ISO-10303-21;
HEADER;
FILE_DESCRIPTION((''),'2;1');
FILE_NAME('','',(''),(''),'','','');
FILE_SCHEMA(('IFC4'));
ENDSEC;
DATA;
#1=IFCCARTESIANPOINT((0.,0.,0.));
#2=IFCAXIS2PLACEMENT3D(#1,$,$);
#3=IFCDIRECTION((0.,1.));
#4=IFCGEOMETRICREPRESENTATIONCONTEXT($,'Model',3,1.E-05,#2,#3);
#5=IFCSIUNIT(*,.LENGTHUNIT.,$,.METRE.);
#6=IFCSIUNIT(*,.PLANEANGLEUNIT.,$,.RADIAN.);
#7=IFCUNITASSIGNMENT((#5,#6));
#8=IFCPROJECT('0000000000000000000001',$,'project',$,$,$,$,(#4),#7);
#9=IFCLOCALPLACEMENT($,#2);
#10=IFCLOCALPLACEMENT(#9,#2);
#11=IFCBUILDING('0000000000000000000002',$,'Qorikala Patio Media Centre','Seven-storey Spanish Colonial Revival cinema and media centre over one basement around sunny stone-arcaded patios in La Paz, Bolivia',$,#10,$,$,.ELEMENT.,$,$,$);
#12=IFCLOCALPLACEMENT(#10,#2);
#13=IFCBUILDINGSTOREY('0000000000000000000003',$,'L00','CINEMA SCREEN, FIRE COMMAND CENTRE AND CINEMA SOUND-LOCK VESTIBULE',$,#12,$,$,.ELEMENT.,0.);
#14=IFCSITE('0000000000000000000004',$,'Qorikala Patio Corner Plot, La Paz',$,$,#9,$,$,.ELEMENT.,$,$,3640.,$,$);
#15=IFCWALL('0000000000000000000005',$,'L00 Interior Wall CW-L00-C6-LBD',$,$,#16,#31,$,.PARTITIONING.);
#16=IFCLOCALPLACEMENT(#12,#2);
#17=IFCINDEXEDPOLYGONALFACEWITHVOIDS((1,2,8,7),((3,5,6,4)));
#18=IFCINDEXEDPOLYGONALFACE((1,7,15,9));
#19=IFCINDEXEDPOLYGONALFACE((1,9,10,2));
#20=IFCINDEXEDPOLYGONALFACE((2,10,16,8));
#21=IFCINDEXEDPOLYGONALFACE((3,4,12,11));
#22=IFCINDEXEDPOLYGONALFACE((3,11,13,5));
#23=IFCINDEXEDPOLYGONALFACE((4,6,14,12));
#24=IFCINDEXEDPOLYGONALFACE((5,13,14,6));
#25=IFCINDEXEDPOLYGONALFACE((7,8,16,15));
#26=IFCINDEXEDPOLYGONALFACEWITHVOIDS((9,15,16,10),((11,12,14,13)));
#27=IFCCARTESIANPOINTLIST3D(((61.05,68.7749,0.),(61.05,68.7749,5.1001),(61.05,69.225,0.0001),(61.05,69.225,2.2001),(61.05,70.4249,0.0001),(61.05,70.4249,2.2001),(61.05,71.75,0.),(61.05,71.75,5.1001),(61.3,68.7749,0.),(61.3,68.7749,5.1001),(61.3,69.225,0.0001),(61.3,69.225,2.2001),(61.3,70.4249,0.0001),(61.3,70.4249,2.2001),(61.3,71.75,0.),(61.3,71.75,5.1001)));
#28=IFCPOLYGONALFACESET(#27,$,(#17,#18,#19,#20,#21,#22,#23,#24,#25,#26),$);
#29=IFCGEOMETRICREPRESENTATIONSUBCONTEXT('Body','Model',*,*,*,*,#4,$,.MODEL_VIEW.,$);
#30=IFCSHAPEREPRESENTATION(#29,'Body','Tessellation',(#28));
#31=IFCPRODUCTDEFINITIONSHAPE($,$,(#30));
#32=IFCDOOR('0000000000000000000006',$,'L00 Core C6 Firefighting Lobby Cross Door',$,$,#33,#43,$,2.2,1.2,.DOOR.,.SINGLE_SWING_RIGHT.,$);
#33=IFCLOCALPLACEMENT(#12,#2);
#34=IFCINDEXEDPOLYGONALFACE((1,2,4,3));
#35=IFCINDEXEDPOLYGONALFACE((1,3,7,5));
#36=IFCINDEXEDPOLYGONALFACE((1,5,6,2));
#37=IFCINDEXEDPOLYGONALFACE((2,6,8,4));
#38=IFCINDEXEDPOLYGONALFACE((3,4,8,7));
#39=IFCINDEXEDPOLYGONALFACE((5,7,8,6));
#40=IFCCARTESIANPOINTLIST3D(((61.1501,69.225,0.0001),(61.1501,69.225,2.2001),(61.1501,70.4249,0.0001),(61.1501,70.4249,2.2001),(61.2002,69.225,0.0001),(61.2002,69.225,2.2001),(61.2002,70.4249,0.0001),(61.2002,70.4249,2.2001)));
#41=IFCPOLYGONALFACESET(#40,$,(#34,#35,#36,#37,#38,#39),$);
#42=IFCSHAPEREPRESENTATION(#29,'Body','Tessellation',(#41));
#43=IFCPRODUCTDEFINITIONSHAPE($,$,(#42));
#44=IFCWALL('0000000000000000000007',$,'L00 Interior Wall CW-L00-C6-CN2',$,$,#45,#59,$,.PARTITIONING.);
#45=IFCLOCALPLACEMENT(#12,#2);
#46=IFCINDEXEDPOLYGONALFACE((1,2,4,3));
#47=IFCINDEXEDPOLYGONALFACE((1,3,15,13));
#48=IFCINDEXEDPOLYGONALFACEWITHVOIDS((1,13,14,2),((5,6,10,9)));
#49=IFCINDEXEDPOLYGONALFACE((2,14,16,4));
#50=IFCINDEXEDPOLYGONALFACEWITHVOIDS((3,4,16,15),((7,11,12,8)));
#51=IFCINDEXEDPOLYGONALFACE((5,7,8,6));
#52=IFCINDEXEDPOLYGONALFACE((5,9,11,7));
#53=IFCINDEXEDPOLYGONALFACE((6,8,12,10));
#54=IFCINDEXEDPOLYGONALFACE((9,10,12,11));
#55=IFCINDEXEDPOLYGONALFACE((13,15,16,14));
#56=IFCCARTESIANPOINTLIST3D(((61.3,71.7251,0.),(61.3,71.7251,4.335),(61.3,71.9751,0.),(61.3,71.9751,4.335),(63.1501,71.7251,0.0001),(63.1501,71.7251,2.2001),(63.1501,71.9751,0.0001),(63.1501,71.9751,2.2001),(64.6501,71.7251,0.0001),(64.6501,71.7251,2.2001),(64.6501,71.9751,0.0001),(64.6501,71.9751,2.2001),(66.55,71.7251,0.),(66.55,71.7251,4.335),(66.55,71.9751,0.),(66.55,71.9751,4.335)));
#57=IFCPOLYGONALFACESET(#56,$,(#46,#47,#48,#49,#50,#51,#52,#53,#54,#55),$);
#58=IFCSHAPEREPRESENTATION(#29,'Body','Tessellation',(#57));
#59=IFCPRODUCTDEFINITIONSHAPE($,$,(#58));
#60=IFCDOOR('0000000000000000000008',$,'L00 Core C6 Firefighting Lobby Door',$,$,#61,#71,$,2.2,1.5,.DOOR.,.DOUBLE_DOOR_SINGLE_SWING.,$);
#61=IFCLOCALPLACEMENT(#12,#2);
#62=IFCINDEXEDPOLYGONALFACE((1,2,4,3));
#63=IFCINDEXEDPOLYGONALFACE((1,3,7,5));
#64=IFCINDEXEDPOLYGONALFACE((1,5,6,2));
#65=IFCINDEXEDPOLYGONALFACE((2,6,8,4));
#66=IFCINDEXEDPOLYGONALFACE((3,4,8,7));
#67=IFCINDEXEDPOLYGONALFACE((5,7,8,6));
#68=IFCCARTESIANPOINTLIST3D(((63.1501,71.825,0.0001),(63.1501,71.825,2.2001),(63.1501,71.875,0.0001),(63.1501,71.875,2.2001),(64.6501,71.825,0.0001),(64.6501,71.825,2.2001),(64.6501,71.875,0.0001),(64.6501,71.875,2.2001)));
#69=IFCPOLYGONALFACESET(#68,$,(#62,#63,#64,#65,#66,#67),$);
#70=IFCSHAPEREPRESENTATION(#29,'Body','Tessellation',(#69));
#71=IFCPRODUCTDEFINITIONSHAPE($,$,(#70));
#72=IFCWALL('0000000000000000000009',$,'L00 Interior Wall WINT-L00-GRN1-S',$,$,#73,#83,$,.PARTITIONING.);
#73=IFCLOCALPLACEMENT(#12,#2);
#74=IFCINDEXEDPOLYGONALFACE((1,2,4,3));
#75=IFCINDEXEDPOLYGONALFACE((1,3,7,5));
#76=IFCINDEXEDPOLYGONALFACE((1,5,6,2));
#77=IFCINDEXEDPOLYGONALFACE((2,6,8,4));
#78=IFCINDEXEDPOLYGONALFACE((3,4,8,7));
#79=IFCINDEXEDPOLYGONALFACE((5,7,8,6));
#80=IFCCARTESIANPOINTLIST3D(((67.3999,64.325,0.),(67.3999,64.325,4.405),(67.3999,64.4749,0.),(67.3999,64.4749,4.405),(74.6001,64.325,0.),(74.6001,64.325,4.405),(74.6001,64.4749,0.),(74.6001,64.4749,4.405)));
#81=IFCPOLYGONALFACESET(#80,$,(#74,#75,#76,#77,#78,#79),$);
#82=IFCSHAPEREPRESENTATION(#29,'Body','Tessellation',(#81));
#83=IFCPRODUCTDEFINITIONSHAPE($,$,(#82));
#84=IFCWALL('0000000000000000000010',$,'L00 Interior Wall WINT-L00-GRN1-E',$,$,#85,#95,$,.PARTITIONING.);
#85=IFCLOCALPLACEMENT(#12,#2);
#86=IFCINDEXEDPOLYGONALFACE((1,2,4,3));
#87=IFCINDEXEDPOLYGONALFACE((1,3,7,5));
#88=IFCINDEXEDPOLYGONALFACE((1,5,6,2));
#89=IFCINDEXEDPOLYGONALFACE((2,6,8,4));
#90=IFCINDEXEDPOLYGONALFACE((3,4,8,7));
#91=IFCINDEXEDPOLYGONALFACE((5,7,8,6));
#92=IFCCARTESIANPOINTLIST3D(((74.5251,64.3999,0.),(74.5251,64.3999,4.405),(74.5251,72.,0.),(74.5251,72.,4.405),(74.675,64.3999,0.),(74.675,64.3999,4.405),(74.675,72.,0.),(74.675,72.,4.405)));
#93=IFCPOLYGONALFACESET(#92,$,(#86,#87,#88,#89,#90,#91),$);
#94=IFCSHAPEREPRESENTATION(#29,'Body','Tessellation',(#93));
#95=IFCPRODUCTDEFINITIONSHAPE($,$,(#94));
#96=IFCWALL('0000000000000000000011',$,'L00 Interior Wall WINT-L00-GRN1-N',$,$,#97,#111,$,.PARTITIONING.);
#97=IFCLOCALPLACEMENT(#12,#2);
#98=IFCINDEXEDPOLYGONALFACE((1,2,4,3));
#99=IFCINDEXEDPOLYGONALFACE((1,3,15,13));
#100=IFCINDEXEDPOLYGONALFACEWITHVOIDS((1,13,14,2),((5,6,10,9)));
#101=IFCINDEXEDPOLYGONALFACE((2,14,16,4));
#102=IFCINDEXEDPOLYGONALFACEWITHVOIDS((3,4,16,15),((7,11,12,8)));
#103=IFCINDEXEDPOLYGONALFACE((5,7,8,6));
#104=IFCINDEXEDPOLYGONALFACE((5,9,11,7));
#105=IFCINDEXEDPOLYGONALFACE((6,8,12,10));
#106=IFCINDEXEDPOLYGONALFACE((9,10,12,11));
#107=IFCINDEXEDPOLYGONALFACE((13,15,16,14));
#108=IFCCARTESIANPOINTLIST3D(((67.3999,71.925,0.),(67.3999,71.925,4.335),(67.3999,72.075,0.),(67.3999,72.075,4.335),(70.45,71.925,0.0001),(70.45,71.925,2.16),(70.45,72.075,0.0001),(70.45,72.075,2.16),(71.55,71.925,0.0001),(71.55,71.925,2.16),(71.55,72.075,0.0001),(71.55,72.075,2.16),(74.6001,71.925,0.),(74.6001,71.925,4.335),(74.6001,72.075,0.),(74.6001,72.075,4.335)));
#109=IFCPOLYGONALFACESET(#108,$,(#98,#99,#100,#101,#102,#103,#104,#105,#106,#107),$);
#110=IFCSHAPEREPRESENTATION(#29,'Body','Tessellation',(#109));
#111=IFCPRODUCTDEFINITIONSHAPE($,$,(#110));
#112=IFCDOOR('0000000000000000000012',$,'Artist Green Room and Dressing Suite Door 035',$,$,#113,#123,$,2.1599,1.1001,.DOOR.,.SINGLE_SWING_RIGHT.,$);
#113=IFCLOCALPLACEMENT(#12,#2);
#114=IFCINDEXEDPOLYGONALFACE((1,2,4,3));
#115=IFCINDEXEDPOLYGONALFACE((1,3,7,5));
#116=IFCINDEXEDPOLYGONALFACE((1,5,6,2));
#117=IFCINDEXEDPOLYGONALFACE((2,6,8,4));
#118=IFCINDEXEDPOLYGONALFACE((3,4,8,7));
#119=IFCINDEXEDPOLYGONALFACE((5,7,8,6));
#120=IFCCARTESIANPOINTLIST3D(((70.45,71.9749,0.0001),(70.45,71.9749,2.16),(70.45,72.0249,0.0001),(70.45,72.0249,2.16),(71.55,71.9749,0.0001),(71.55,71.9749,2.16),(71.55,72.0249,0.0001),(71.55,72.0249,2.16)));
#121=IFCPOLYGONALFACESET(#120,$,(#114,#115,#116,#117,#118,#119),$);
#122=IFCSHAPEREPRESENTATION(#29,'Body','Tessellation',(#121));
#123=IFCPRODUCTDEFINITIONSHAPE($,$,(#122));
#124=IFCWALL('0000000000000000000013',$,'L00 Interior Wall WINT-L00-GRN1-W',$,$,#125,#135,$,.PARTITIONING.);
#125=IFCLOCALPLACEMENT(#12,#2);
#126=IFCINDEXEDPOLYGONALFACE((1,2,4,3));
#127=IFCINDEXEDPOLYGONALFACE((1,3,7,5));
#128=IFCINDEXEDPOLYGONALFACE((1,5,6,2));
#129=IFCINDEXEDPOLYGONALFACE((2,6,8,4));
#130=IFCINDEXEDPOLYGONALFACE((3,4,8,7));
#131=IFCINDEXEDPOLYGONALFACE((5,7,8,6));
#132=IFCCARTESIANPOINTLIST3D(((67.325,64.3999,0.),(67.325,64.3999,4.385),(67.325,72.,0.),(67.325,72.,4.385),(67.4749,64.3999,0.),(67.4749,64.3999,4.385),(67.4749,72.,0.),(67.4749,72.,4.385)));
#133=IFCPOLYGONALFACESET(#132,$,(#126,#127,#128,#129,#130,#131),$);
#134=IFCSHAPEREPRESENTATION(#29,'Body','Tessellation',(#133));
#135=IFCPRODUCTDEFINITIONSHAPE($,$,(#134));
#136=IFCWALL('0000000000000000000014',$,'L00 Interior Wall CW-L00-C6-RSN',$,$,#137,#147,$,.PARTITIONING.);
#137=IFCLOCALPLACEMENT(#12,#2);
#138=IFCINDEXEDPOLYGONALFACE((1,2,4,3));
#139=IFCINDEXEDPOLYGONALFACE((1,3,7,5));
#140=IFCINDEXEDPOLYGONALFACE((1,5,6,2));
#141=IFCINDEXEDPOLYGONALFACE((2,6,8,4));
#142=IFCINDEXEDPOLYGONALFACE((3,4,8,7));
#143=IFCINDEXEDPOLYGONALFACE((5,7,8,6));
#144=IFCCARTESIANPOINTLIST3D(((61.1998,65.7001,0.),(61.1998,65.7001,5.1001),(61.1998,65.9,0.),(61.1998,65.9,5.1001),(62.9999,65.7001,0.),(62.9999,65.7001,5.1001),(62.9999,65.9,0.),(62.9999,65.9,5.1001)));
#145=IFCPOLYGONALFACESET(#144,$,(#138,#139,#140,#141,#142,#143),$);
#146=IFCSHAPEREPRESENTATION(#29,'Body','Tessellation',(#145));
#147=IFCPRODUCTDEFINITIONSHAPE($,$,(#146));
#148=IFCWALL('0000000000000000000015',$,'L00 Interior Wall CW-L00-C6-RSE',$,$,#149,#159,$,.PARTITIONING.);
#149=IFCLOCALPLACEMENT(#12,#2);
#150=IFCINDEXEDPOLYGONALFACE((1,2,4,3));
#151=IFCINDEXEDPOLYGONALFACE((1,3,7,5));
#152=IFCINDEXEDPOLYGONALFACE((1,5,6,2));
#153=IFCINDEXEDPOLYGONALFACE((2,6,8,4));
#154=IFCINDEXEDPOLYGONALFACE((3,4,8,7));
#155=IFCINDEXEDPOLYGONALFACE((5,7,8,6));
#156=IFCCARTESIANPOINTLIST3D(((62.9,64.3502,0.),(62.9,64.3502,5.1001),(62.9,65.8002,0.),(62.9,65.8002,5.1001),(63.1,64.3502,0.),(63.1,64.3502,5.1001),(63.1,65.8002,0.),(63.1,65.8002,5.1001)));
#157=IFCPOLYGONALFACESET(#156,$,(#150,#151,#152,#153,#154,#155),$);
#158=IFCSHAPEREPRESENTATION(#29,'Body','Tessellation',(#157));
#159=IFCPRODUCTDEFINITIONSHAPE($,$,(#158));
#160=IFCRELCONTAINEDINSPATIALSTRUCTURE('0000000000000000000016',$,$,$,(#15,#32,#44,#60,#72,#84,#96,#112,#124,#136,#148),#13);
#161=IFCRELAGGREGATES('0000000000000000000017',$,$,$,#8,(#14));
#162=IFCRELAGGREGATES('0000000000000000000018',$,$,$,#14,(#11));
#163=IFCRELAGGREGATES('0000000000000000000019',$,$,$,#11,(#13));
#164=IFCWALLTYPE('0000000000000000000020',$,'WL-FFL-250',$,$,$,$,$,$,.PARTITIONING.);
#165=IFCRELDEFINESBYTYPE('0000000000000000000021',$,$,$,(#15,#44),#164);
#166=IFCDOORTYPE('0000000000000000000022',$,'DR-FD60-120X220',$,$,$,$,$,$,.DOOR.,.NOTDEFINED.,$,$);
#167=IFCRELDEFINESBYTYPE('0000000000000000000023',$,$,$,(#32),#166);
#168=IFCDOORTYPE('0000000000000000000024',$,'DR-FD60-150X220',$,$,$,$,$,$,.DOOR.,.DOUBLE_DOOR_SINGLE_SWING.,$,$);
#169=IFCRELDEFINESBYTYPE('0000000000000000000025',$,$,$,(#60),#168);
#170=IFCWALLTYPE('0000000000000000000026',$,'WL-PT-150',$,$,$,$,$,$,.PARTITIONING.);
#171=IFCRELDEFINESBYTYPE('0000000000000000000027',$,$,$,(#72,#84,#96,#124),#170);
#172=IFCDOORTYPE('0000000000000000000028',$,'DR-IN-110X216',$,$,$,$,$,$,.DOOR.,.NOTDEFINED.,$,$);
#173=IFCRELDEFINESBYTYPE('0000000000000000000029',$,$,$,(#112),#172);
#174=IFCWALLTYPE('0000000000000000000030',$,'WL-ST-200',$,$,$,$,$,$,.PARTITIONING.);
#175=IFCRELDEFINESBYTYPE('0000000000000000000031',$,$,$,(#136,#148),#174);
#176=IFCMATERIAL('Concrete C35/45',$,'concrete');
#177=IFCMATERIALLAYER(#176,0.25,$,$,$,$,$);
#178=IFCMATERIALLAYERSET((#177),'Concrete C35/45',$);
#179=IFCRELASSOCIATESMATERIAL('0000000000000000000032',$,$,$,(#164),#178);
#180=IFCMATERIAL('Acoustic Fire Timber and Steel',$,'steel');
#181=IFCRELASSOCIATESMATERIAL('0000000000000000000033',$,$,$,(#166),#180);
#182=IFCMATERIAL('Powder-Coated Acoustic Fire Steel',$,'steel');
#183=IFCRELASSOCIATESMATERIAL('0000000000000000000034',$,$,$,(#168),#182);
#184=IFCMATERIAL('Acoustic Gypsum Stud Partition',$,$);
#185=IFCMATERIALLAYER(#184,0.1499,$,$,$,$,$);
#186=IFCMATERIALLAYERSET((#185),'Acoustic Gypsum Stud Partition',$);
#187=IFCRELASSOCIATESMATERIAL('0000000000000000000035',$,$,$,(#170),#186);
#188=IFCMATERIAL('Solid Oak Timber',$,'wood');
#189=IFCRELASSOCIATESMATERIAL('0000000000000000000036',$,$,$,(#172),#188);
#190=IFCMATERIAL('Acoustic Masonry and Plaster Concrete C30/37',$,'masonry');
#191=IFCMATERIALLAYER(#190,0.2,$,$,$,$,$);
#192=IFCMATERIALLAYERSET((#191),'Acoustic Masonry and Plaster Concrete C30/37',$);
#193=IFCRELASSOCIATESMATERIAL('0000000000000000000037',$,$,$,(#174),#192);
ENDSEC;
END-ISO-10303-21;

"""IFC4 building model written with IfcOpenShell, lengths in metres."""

from ifc_helpers import new_model, si_unit, direction, frame, frame_2d, origin, place, context, subcontext, project, spatial, rectangle, extrude, material, layer, layer_set, type_object, element, fill, save


model = new_model("IFC4")

# Units and contexts
model_context = context("Model", 3, precision=1e-05, world=origin(), true_north=direction((0.0, 1.0)))
body_context = subcontext(model_context, "Body", "Model", "MODEL_VIEW")
ifc_project = project(units=[si_unit("LENGTHUNIT", "METRE"), si_unit("PLANEANGLEUNIT", "RADIAN")], contexts=[model_context])

# Site, building, storey
site_placement = place(None, origin())
site = spatial("IfcSite", under=ifc_project, at=site_placement, Name="Qorikala Patio Corner Plot, La Paz", CompositionType="ELEMENT", RefElevation=3640.0)
building_placement = place(site_placement, origin())
building = spatial("IfcBuilding", under=site, at=building_placement, Name="Qorikala Patio Media Centre", Description="Seven-storey Spanish Colonial Revival cinema and media centre over one basement around sunny stone-arcaded patios in La Paz, Bolivia", CompositionType="ELEMENT")
storey_placement = place(building_placement, origin())
storey = spatial("IfcBuildingStorey", under=building, at=storey_placement, Name="L00", Description="CINEMA SCREEN, FIRE COMMAND CENTRE AND CINEMA SOUND-LOCK VESTIBULE", CompositionType="ELEMENT", Elevation=0.0)

# Shared definitions
ifc_material_1 = material(Name="Concrete C35/45", Category="concrete")

# Walls, openings, doors
ifc_layer_1 = layer(ifc_material_1, 0.25)
ifc_layer_set_1 = layer_set([ifc_layer_1], Name="Concrete C35/45")
wall_type_1 = type_object("IfcWallType", Name="WL-FFL-250", PredefinedType="PARTITIONING", material=ifc_layer_set_1)
wall_1_placement = place(storey_placement, frame((61.175, 68.7749, 0.0), z_axis=(0.0, 0.0, 1.0), x_axis=(0.0, 1.0, 0.0)))
wall_1 = element("IfcWall", 1, at=wall_1_placement, inside=storey, type_object=wall_type_1, Name="L00 Interior Wall CW-L00-C6-LBD", PredefinedType="PARTITIONING", context=body_context, shape_type="SweptSolid", body=[
    extrude(rectangle(XDim=2.9751, YDim=0.25, at=frame_2d((1.4875, 0.0))), origin(), (0.0, 0.0, 1.0), 5.1001),
])
opening_1_placement = place(wall_1_placement, frame((0.45, 0.0, 0.0)))
opening_1 = element("IfcOpeningElement", 2, at=opening_1_placement, cuts=wall_1, PredefinedType="OPENING", context=body_context, shape_type="SweptSolid", body=[
    extrude(rectangle(XDim=1.2, YDim=2.2, at=frame_2d((0.6001, 1.1001))), frame((0.0, 0.135, 0.0), z_axis=(0.0, -1.0, 0.0), x_axis=(1.0, 0.0, 0.0)), (0.0, 0.0, 1.0), 0.27),
])
ifc_material_2 = material(Name="Acoustic Fire Timber and Steel", Category="steel")
door_type_1 = type_object("IfcDoorType", Name="DR-FD60-120X220", OperationType="NOTDEFINED", PredefinedType="DOOR", material=ifc_material_2)
door_1_placement = place(opening_1_placement, origin())
door_1 = element("IfcDoor", 3, at=door_1_placement, inside=storey, type_object=door_type_1, Name="L00 Core C6 Firefighting Lobby Cross Door", OperationType="SINGLE_SWING_RIGHT", OverallHeight=2.2, OverallWidth=1.2, PredefinedType="DOOR", context=body_context, shape_type="SweptSolid", body=[
    extrude(rectangle(XDim=1.2, YDim=2.2, at=frame_2d((0.6001, 1.1001))), frame((0.0, 0.0249, 0.0), z_axis=(0.0, -1.0, 0.0), x_axis=(1.0, 0.0, 0.0)), (0.0, 0.0, 1.0), 0.05),
])
fill(opening_1, door_1)
wall_2_placement = place(storey_placement, frame((61.3, 71.8501, 0.0), z_axis=(0.0, 0.0, 1.0), x_axis=(1.0, 0.0, 0.0)))
wall_2 = element("IfcWall", 4, at=wall_2_placement, inside=storey, type_object=wall_type_1, Name="L00 Interior Wall CW-L00-C6-CN2", PredefinedType="PARTITIONING", context=body_context, shape_type="SweptSolid", body=[
    extrude(rectangle(XDim=5.25, YDim=0.25, at=frame_2d((2.625, 0.0))), origin(), (0.0, 0.0, 1.0), 4.335),
])
opening_2_placement = place(wall_2_placement, frame((1.8501, 0.0, 0.0)))
opening_2 = element("IfcOpeningElement", 5, at=opening_2_placement, cuts=wall_2, PredefinedType="OPENING", context=body_context, shape_type="SweptSolid", body=[
    extrude(rectangle(XDim=1.5, YDim=2.2, at=frame_2d((0.75, 1.1001))), frame((0.0, 0.135, 0.0), z_axis=(0.0, -1.0, 0.0), x_axis=(1.0, 0.0, 0.0)), (0.0, 0.0, 1.0), 0.27),
])
ifc_material_3 = material(Name="Powder-Coated Acoustic Fire Steel", Category="steel")
door_type_2 = type_object("IfcDoorType", Name="DR-FD60-150X220", OperationType="DOUBLE_DOOR_SINGLE_SWING", PredefinedType="DOOR", material=ifc_material_3)
door_2_placement = place(opening_2_placement, origin())
door_2 = element("IfcDoor", 6, at=door_2_placement, inside=storey, type_object=door_type_2, Name="L00 Core C6 Firefighting Lobby Door", OperationType="DOUBLE_DOOR_SINGLE_SWING", OverallHeight=2.2, OverallWidth=1.5, PredefinedType="DOOR", context=body_context, shape_type="SweptSolid", body=[
    extrude(rectangle(XDim=1.5, YDim=2.2, at=frame_2d((0.75, 1.1001))), frame((0.0, 0.0249, 0.0), z_axis=(0.0, -1.0, 0.0), x_axis=(1.0, 0.0, 0.0)), (0.0, 0.0, 1.0), 0.05),
])
fill(opening_2, door_2)

# Walls
ifc_material_4 = material(Name="Acoustic Gypsum Stud Partition")
ifc_layer_2 = layer(ifc_material_4, 0.1499)
ifc_layer_set_2 = layer_set([ifc_layer_2], Name="Acoustic Gypsum Stud Partition")
wall_type_2 = type_object("IfcWallType", Name="WL-PT-150", PredefinedType="PARTITIONING", material=ifc_layer_set_2)
wall_3_placement = place(storey_placement, frame((67.3999, 64.3999, 0.0), z_axis=(0.0, 0.0, 1.0), x_axis=(1.0, 0.0, 0.0)))
element("IfcWall", 7, at=wall_3_placement, inside=storey, type_object=wall_type_2, Name="L00 Interior Wall WINT-L00-GRN1-S", PredefinedType="PARTITIONING", context=body_context, shape_type="SweptSolid", body=[
    extrude(rectangle(XDim=7.2002, YDim=0.1499, at=frame_2d((3.6001, 0.0))), origin(), (0.0, 0.0, 1.0), 4.405),
])
wall_4_placement = place(storey_placement, frame((74.6001, 64.3999, 0.0), z_axis=(0.0, 0.0, 1.0), x_axis=(0.0, 1.0, 0.0)))
element("IfcWall", 8, at=wall_4_placement, inside=storey, type_object=wall_type_2, Name="L00 Interior Wall WINT-L00-GRN1-E", PredefinedType="PARTITIONING", context=body_context, shape_type="SweptSolid", body=[
    extrude(rectangle(XDim=7.6001, YDim=0.1499, at=frame_2d((3.8, 0.0))), origin(), (0.0, 0.0, 1.0), 4.405),
])

# Wall, opening, door
wall_5_placement = place(storey_placement, frame((67.3999, 72.0, 0.0), z_axis=(0.0, 0.0, 1.0), x_axis=(1.0, 0.0, 0.0)))
wall_5 = element("IfcWall", 9, at=wall_5_placement, inside=storey, type_object=wall_type_2, Name="L00 Interior Wall WINT-L00-GRN1-N", PredefinedType="PARTITIONING", context=body_context, shape_type="SweptSolid", body=[
    extrude(rectangle(XDim=7.2002, YDim=0.1499, at=frame_2d((3.6001, 0.0))), origin(), (0.0, 0.0, 1.0), 4.335),
])
opening_3_placement = place(wall_5_placement, frame((3.05, 0.0, 0.0)))
opening_3 = element("IfcOpeningElement", 10, at=opening_3_placement, cuts=wall_5, PredefinedType="OPENING", context=body_context, shape_type="SweptSolid", body=[
    extrude(rectangle(XDim=1.1001, YDim=2.1599, at=frame_2d((0.55, 1.0801))), frame((0.0, 0.085, 0.0), z_axis=(0.0, -1.0, 0.0), x_axis=(1.0, 0.0, 0.0)), (0.0, 0.0, 1.0), 0.1699),
])
ifc_material_5 = material(Name="Solid Oak Timber", Category="wood")
door_type_3 = type_object("IfcDoorType", Name="DR-IN-110X216", OperationType="NOTDEFINED", PredefinedType="DOOR", material=ifc_material_5)
door_3_placement = place(opening_3_placement, origin())
door_3 = element("IfcDoor", 11, at=door_3_placement, inside=storey, type_object=door_type_3, Name="Artist Green Room and Dressing Suite Door 035", OperationType="SINGLE_SWING_RIGHT", OverallHeight=2.1599, OverallWidth=1.1001, PredefinedType="DOOR", context=body_context, shape_type="SweptSolid", body=[
    extrude(rectangle(XDim=1.1001, YDim=2.1599, at=frame_2d((0.55, 1.0801))), frame((0.0, 0.0249, 0.0), z_axis=(0.0, -1.0, 0.0), x_axis=(1.0, 0.0, 0.0)), (0.0, 0.0, 1.0), 0.05),
])
fill(opening_3, door_3)

# Walls
wall_6_placement = place(storey_placement, frame((67.3999, 64.3999, 0.0), z_axis=(0.0, 0.0, 1.0), x_axis=(0.0, 1.0, 0.0)))
element("IfcWall", 12, at=wall_6_placement, inside=storey, type_object=wall_type_2, Name="L00 Interior Wall WINT-L00-GRN1-W", PredefinedType="PARTITIONING", context=body_context, shape_type="SweptSolid", body=[
    extrude(rectangle(XDim=7.6001, YDim=0.1499, at=frame_2d((3.8, 0.0))), origin(), (0.0, 0.0, 1.0), 4.385),
])
ifc_material_6 = material(Name="Acoustic Masonry and Plaster Concrete C30/37", Category="masonry")
ifc_layer_3 = layer(ifc_material_6, 0.2)
ifc_layer_set_3 = layer_set([ifc_layer_3], Name="Acoustic Masonry and Plaster Concrete C30/37")
wall_type_3 = type_object("IfcWallType", Name="WL-ST-200", PredefinedType="PARTITIONING", material=ifc_layer_set_3)
wall_7_placement = place(storey_placement, frame((61.2, 65.8, 0.0), z_axis=(0.0, 0.0, 1.0), x_axis=(1.0, 0.0, 0.0)))
element("IfcWall", 13, at=wall_7_placement, inside=storey, type_object=wall_type_3, Name="L00 Interior Wall CW-L00-C6-RSN", PredefinedType="PARTITIONING", context=body_context, shape_type="SweptSolid", body=[
    extrude(rectangle(XDim=1.8, YDim=0.2, at=frame_2d((0.8999, 0.0))), origin(), (0.0, 0.0, 1.0), 5.1001),
])
wall_8_placement = place(storey_placement, frame((63.0, 64.3501, 0.0), z_axis=(0.0, 0.0, 1.0), x_axis=(0.0, 1.0, 0.0)))
element("IfcWall", 14, at=wall_8_placement, inside=storey, type_object=wall_type_3, Name="L00 Interior Wall CW-L00-C6-RSE", PredefinedType="PARTITIONING", context=body_context, shape_type="SweptSolid", body=[
    extrude(rectangle(XDim=1.45, YDim=0.2, at=frame_2d((0.7251, 0.0))), origin(), (0.0, 0.0, 1.0), 5.1001),
])

save(model, "model.ifc")
